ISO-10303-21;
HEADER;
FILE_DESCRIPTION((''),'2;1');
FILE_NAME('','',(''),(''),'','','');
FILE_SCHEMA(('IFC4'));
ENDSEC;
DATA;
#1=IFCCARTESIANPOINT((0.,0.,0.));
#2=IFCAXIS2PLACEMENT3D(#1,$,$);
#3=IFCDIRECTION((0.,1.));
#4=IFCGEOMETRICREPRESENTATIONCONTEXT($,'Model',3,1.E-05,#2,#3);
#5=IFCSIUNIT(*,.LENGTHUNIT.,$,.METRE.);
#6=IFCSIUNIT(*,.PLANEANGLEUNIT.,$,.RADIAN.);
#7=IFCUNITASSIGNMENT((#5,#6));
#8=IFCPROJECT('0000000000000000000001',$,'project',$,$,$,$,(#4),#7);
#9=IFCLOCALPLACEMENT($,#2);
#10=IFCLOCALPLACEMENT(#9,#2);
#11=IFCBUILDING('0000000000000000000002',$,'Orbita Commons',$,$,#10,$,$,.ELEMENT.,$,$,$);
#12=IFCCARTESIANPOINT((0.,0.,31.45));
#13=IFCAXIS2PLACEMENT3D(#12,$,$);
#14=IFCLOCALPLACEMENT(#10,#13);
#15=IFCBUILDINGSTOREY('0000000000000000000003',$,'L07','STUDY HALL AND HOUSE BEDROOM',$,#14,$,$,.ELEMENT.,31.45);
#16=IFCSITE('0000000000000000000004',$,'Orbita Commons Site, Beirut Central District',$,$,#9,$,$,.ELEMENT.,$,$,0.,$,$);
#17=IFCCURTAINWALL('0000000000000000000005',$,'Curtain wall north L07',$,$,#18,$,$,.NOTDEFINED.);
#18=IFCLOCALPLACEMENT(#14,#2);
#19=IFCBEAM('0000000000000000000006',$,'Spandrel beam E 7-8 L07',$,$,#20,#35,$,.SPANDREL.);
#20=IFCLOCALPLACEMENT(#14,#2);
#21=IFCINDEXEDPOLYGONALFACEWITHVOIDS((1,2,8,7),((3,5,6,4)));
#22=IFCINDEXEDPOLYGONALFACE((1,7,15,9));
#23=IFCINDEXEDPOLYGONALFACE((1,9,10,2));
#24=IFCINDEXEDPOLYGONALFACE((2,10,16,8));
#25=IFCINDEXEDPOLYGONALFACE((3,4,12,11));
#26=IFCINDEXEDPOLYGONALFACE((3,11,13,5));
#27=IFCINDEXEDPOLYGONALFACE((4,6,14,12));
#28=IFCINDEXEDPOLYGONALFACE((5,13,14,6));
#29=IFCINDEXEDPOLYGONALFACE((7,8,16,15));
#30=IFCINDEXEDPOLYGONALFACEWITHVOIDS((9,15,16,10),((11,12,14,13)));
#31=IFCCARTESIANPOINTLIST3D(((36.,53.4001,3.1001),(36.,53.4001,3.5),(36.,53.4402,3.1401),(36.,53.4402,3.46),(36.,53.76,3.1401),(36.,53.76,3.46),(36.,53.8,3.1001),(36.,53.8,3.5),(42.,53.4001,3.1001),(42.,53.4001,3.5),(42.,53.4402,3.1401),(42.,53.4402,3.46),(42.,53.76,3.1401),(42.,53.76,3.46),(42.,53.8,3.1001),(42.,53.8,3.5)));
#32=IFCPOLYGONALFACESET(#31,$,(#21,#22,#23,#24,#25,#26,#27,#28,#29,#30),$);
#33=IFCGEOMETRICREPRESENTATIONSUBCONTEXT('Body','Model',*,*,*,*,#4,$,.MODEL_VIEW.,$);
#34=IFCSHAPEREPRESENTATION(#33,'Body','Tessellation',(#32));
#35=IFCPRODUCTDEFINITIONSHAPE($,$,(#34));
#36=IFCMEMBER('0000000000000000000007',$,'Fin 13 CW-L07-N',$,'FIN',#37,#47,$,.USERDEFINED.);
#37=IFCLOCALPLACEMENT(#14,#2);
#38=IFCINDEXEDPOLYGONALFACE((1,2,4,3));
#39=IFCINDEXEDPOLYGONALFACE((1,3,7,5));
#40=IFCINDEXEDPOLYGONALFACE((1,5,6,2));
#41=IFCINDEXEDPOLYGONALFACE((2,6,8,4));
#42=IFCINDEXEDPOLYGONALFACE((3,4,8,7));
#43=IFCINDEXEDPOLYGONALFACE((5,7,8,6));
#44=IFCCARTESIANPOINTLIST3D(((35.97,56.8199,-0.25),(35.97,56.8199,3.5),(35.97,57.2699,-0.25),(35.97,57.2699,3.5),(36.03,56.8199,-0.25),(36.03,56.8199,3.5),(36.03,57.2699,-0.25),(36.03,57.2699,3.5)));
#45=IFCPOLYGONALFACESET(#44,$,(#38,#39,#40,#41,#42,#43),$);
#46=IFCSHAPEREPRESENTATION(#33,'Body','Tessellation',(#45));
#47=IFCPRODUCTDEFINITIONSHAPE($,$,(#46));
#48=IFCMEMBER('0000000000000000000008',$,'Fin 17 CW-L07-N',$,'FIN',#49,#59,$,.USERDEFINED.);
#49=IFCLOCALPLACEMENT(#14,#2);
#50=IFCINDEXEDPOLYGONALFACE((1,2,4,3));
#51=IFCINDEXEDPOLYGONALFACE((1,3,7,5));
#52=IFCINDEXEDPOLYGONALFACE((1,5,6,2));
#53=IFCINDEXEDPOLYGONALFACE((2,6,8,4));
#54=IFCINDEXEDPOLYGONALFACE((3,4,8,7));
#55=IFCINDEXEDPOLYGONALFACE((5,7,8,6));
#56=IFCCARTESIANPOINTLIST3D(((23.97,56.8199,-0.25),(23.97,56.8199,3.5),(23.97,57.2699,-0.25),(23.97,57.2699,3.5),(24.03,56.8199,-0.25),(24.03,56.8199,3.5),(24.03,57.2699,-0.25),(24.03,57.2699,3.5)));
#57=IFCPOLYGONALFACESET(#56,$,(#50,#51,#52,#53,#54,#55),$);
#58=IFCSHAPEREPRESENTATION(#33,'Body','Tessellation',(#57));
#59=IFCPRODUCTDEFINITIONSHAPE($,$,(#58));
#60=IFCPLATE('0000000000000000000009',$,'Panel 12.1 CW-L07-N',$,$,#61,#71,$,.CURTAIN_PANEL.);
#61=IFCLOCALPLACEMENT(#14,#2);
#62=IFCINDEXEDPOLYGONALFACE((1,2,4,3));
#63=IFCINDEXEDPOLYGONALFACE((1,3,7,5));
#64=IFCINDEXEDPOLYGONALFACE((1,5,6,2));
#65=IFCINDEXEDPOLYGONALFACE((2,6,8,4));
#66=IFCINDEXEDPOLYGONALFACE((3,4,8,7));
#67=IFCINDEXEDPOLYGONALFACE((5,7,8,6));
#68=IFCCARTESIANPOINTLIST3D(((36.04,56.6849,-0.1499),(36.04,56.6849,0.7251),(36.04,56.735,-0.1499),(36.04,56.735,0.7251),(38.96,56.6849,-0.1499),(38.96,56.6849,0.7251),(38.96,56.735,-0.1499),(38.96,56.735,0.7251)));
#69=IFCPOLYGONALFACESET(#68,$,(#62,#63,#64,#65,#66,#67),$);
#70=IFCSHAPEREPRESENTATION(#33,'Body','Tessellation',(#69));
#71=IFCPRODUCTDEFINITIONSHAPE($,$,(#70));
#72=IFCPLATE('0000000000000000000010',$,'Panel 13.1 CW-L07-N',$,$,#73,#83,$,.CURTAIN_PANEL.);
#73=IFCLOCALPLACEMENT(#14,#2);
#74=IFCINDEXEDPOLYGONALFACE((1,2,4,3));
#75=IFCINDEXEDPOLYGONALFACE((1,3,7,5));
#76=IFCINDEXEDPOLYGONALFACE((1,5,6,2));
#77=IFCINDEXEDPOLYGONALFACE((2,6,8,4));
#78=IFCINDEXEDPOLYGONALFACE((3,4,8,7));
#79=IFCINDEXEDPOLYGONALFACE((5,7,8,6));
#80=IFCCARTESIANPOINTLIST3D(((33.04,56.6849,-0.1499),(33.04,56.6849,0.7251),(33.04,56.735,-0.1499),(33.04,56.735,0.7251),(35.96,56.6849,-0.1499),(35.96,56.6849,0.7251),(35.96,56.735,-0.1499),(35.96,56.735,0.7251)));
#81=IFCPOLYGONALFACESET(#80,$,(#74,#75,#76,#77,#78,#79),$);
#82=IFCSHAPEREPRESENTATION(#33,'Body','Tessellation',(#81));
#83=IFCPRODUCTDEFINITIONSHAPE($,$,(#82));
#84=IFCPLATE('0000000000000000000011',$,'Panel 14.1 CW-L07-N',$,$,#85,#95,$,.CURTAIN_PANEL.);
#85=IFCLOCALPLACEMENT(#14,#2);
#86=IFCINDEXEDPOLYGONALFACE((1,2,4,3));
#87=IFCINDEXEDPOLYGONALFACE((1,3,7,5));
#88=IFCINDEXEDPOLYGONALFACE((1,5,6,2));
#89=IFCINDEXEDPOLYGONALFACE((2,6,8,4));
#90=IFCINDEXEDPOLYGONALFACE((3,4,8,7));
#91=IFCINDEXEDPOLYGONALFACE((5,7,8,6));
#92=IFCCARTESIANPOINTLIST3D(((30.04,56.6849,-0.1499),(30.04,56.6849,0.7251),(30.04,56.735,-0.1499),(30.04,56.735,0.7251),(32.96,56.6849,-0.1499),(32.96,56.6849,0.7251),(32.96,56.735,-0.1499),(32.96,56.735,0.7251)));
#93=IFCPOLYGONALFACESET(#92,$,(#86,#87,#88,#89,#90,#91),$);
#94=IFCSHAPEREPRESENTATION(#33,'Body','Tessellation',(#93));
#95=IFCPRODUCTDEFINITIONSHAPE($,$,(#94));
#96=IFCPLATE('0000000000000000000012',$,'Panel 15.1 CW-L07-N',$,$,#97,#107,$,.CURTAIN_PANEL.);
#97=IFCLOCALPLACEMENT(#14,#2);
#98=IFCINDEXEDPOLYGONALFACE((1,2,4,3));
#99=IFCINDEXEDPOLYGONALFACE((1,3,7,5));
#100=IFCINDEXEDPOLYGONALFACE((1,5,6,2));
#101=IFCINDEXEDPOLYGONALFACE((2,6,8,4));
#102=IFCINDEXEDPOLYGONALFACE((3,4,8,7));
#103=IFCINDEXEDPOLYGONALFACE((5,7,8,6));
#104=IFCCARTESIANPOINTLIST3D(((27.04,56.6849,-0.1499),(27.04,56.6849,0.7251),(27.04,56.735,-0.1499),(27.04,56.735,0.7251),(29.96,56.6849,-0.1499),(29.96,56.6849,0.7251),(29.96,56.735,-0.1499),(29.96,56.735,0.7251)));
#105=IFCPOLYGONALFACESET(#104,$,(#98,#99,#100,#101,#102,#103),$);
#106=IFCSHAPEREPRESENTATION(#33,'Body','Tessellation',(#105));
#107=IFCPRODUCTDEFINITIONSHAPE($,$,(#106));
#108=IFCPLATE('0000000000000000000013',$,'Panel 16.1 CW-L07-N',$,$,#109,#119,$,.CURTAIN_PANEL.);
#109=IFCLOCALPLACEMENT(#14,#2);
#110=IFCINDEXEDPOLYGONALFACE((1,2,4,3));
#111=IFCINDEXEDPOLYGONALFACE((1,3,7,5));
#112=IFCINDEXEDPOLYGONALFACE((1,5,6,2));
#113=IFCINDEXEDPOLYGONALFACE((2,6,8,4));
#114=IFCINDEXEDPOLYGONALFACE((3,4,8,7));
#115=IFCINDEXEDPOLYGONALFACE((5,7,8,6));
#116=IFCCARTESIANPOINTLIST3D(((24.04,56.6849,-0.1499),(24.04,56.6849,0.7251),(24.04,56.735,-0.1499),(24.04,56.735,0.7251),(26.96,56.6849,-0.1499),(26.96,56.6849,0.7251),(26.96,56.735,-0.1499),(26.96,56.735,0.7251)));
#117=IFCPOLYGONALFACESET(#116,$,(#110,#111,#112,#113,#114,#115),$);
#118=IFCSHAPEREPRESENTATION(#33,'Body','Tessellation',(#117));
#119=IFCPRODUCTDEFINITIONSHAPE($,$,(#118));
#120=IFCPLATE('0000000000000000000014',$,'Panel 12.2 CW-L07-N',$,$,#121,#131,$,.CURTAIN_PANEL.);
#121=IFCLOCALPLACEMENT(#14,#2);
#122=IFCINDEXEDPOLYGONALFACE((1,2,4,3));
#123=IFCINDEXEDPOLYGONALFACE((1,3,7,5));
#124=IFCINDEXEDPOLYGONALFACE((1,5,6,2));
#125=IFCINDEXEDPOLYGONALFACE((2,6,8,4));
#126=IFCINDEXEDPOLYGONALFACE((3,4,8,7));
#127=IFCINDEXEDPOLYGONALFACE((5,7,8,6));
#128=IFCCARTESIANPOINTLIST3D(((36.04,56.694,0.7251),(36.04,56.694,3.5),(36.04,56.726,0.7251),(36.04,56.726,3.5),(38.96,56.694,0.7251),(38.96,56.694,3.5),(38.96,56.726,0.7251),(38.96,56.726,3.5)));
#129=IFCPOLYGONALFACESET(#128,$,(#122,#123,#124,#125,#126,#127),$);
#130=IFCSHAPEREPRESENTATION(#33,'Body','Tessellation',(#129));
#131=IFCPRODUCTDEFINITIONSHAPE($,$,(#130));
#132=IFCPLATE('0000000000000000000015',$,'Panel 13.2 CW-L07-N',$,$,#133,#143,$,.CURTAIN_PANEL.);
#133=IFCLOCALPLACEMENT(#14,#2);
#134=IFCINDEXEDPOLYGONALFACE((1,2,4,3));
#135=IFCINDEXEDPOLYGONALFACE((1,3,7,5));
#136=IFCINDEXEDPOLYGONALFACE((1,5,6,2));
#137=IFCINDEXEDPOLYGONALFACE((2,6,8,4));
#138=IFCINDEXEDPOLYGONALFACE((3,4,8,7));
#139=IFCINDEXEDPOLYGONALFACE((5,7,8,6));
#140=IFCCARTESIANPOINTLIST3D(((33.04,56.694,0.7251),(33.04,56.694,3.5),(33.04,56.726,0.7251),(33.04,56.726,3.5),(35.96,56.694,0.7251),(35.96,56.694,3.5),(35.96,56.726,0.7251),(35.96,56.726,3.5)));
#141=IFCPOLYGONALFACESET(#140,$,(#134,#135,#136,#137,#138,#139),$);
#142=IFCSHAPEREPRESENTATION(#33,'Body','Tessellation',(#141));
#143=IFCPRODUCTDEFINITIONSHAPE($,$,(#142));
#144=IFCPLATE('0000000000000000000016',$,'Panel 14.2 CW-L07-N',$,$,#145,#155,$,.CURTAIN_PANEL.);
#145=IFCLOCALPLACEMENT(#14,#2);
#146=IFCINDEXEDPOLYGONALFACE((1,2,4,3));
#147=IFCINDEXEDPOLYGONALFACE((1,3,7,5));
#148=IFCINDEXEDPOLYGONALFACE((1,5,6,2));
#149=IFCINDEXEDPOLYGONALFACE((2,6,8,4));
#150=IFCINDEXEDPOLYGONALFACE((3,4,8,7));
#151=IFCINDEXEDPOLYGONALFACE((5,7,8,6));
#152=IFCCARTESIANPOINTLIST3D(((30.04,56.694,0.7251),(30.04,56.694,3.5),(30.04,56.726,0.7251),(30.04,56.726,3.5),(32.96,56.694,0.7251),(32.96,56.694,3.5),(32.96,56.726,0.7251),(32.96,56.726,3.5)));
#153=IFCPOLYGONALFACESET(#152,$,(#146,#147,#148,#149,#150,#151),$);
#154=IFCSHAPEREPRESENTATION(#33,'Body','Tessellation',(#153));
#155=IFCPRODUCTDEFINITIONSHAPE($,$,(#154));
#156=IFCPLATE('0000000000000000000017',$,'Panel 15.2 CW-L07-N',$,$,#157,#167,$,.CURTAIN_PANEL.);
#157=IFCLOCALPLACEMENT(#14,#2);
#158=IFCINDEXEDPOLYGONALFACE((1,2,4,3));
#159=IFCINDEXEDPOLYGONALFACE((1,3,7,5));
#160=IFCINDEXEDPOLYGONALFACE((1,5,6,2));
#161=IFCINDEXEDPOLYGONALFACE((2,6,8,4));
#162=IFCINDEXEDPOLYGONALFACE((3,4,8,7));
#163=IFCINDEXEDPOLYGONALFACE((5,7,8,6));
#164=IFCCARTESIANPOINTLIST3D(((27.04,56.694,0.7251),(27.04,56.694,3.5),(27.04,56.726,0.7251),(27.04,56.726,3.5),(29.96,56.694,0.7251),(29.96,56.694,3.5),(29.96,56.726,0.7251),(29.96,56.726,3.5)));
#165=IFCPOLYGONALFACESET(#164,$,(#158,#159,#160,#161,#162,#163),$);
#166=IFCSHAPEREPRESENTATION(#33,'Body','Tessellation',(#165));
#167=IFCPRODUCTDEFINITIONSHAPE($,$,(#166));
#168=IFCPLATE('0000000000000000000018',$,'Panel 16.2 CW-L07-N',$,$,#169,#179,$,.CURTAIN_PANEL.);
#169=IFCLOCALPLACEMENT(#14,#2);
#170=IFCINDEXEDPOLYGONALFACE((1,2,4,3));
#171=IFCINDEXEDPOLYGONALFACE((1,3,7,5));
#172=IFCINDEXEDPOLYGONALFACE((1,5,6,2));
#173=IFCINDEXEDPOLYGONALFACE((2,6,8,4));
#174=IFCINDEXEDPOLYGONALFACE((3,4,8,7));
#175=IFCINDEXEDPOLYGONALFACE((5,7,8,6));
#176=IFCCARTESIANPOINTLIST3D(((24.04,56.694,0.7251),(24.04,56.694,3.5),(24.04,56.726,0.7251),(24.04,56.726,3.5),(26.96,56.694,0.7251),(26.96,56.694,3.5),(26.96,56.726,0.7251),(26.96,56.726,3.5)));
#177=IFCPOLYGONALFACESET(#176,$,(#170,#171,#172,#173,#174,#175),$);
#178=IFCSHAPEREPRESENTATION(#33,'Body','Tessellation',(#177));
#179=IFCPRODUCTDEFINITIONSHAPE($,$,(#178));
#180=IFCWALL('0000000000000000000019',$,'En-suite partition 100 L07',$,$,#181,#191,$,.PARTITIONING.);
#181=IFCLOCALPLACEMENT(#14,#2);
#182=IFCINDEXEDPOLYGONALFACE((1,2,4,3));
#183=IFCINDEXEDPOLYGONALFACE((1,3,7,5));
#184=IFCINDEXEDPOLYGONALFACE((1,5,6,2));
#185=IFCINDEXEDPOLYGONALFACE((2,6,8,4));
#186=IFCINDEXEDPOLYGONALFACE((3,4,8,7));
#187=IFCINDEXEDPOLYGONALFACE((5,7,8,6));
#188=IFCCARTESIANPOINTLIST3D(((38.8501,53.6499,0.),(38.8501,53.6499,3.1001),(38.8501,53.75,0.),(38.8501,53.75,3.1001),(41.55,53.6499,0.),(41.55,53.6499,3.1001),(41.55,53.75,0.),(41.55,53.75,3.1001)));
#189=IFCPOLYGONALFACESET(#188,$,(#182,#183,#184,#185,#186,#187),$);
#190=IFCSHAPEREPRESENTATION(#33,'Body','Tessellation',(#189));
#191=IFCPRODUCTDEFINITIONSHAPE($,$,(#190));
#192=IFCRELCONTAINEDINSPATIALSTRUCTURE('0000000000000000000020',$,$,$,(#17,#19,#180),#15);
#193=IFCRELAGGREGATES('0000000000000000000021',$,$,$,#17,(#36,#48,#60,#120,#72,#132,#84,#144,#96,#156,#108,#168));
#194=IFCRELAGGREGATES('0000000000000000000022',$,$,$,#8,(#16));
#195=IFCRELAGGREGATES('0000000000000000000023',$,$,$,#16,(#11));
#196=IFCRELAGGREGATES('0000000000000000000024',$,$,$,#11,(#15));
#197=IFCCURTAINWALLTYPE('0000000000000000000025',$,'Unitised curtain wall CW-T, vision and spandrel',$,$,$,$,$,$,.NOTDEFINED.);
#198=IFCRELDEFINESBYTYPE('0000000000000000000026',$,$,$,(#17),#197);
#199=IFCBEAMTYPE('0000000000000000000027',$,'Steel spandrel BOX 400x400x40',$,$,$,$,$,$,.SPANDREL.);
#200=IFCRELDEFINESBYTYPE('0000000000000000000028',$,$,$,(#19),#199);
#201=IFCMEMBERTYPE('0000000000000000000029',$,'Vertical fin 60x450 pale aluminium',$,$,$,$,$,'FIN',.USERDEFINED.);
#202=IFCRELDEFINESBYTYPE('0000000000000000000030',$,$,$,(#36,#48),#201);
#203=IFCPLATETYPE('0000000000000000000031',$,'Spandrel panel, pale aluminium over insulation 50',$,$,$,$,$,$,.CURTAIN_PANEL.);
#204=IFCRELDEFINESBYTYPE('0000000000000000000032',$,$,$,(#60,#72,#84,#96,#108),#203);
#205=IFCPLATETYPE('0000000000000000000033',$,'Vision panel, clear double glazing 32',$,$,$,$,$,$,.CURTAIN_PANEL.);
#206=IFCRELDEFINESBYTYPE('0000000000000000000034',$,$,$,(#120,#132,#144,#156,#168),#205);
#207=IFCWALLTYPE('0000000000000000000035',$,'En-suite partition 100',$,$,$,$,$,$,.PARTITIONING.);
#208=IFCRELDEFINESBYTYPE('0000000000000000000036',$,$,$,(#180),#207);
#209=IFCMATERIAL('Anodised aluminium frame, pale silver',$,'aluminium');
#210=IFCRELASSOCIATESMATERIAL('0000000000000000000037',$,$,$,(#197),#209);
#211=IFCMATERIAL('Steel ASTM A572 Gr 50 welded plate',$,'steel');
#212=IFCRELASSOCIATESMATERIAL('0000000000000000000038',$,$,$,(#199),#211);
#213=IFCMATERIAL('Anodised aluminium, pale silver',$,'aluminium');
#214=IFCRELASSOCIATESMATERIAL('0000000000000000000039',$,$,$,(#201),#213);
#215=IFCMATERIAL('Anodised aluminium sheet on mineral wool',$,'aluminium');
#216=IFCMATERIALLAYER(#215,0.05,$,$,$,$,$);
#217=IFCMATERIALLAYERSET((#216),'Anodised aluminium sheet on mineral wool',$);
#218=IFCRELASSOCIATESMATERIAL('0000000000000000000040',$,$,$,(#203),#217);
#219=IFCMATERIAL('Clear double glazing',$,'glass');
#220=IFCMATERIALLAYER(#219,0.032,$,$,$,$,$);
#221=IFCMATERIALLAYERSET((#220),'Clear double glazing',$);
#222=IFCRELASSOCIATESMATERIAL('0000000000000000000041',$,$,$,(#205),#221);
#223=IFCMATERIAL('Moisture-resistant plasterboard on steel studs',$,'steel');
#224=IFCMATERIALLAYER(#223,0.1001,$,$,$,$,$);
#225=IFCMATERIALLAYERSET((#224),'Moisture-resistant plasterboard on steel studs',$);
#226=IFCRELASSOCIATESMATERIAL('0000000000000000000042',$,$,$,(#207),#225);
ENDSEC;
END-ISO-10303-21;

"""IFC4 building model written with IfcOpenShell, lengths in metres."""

from ifc_helpers import new_model, si_unit, direction, frame, origin, origin_2d, place, context, subcontext, project, spatial, polyline, rectangle, hollow_rectangle, outline, extrude, material, layer, layer_set, material_profile, profile_set, type_object, element, aggregate, save


model = new_model("IFC4")

# Units and contexts
model_context = context("Model", 3, precision=1e-05, world=origin(), true_north=direction((0.0, 1.0)))
body_context = subcontext(model_context, "Body", "Model", "MODEL_VIEW")
ifc_project = project(units=[si_unit("LENGTHUNIT", "METRE"), si_unit("PLANEANGLEUNIT", "RADIAN")], contexts=[model_context])

# Site, building, storey
site_placement = place(None, origin())
site = spatial("IfcSite", under=ifc_project, at=site_placement, Name="Orbita Commons Site, Beirut Central District", CompositionType="ELEMENT", RefElevation=0.0)
building_placement = place(site_placement, origin())
building = spatial("IfcBuilding", under=site, at=building_placement, Name="Orbita Commons", CompositionType="ELEMENT")
storey_placement = place(building_placement, frame((0.0, 0.0, 31.45)))
storey = spatial("IfcBuildingStorey", under=building, at=storey_placement, Name="L07", Description="STUDY HALL AND HOUSE BEDROOM", CompositionType="ELEMENT", Elevation=31.45)

# Curtain wall
ifc_material_1 = material(Name="Anodised aluminium frame, pale silver", Category="aluminium")
curtain_wall_type = type_object("IfcCurtainWallType", Name="Unitised curtain wall CW-T, vision and spandrel", PredefinedType="NOTDEFINED", material=ifc_material_1)
curtain_wall_placement = place(storey_placement, origin())
curtain_wall = element("IfcCurtainWall", 1, at=curtain_wall_placement, inside=storey, type_object=curtain_wall_type, Name="Curtain wall north L07", PredefinedType="NOTDEFINED")

# Beam
ifc_material_2 = material(Name="Steel ASTM A572 Gr 50 welded plate", Category="steel")
ifc_material_profile_1 = material_profile(ifc_material_2, hollow_rectangle(XDim=0.3999, YDim=0.3999, WallThickness=0.04, at=origin_2d()), Name="BOX 400x400x40")
ifc_profile_set_1 = profile_set([ifc_material_profile_1], Name="Steel ASTM A572 Gr 50 welded plate")
beam_type = type_object("IfcBeamType", Name="Steel spandrel BOX 400x400x40", PredefinedType="SPANDREL", material=ifc_profile_set_1)
for number, where, z_axis, x_axis, name in (
    (2, (36.0, 53.6001, 3.3), (1.0, 0.0, 0.0), (0.0, 1.0, 0.0), "Spandrel beam E 7-8 L07"),
):
    element("IfcBeam", number, at=place(storey_placement, frame(where, z_axis=z_axis, x_axis=x_axis)), inside=storey, type_object=beam_type, Name=name, PredefinedType="SPANDREL", context=body_context, shape_type="SweptSolid", body=[
        extrude(hollow_rectangle(XDim=0.3999, YDim=0.3999, WallThickness=0.04, at=origin_2d()), origin(), (0.0, 0.0, 1.0), 6.0),
    ])

# Members
ifc_material_3 = material(Name="Anodised aluminium, pale silver", Category="aluminium")
ifc_material_profile_2 = material_profile(ifc_material_3, rectangle(XDim=0.0601, YDim=0.45, at=origin_2d()), Name="FIN 60x450")
ifc_profile_set_2 = profile_set([ifc_material_profile_2], Name="Anodised aluminium, pale silver")
member_type_1 = type_object("IfcMemberType", Name="Vertical fin 60x450 pale aluminium", ElementType="FIN", PredefinedType="USERDEFINED", material=ifc_profile_set_2)
member_1_placement = place(storey_placement, frame((36.0, 57.0449, -0.25), z_axis=(0.0, 0.0, 1.0), x_axis=(-1.0, 0.0, 0.0)))
member_1 = element("IfcMember", 3, at=member_1_placement, type_object=member_type_1, Name="Fin 13 CW-L07-N", ObjectType="FIN", PredefinedType="USERDEFINED", context=body_context, shape_type="SweptSolid", body=[
    extrude(rectangle(XDim=0.0601, YDim=0.45, at=origin_2d()), origin(), (0.0, 0.0, 1.0), 3.75),
])
member_2_placement = place(storey_placement, frame((24.0, 57.0449, -0.25), z_axis=(0.0, 0.0, 1.0), x_axis=(-1.0, 0.0, 0.0)))
member_2 = element("IfcMember", 4, at=member_2_placement, type_object=member_type_1, Name="Fin 17 CW-L07-N", ObjectType="FIN", PredefinedType="USERDEFINED", context=body_context, shape_type="SweptSolid", body=[
    extrude(rectangle(XDim=0.0601, YDim=0.45, at=origin_2d()), origin(), (0.0, 0.0, 1.0), 3.75),
])

# Plates
ifc_material_4 = material(Name="Anodised aluminium sheet on mineral wool", Category="aluminium")
ifc_layer_1 = layer(ifc_material_4, 0.05)
ifc_layer_set_1 = layer_set([ifc_layer_1], Name="Anodised aluminium sheet on mineral wool")
plate_type_1 = type_object("IfcPlateType", Name="Spandrel panel, pale aluminium over insulation 50", PredefinedType="CURTAIN_PANEL", material=ifc_layer_set_1)
plate_1_placement = place(storey_placement, frame((37.5, 56.71, -0.1499), z_axis=(0.0, 0.0, 1.0), x_axis=(-1.0, 0.0, 0.0)))
plate_1 = element("IfcPlate", 5, at=plate_1_placement, type_object=plate_type_1, Name="Panel 12.1 CW-L07-N", PredefinedType="CURTAIN_PANEL", context=body_context, shape_type="SweptSolid", body=[
    extrude(rectangle(XDim=2.9199, YDim=0.05, at=origin_2d()), origin(), (0.0, 0.0, 1.0), 0.875),
])
plate_2_placement = place(storey_placement, frame((34.5, 56.71, -0.1499), z_axis=(0.0, 0.0, 1.0), x_axis=(-1.0, 0.0, 0.0)))
plate_2 = element("IfcPlate", 6, at=plate_2_placement, type_object=plate_type_1, Name="Panel 13.1 CW-L07-N", PredefinedType="CURTAIN_PANEL", context=body_context, shape_type="SweptSolid", body=[
    extrude(rectangle(XDim=2.9199, YDim=0.05, at=origin_2d()), origin(), (0.0, 0.0, 1.0), 0.875),
])
plate_3_placement = place(storey_placement, frame((31.5, 56.71, -0.1499), z_axis=(0.0, 0.0, 1.0), x_axis=(-1.0, 0.0, 0.0)))
plate_3 = element("IfcPlate", 7, at=plate_3_placement, type_object=plate_type_1, Name="Panel 14.1 CW-L07-N", PredefinedType="CURTAIN_PANEL", context=body_context, shape_type="SweptSolid", body=[
    extrude(rectangle(XDim=2.9199, YDim=0.05, at=origin_2d()), origin(), (0.0, 0.0, 1.0), 0.875),
])
plate_4_placement = place(storey_placement, frame((28.5, 56.71, -0.1499), z_axis=(0.0, 0.0, 1.0), x_axis=(-1.0, 0.0, 0.0)))
plate_4 = element("IfcPlate", 8, at=plate_4_placement, type_object=plate_type_1, Name="Panel 15.1 CW-L07-N", PredefinedType="CURTAIN_PANEL", context=body_context, shape_type="SweptSolid", body=[
    extrude(rectangle(XDim=2.9199, YDim=0.05, at=origin_2d()), origin(), (0.0, 0.0, 1.0), 0.875),
])
plate_5_placement = place(storey_placement, frame((25.5, 56.71, -0.1499), z_axis=(0.0, 0.0, 1.0), x_axis=(-1.0, 0.0, 0.0)))
plate_5 = element("IfcPlate", 9, at=plate_5_placement, type_object=plate_type_1, Name="Panel 16.1 CW-L07-N", PredefinedType="CURTAIN_PANEL", context=body_context, shape_type="SweptSolid", body=[
    extrude(rectangle(XDim=2.9199, YDim=0.05, at=origin_2d()), origin(), (0.0, 0.0, 1.0), 0.875),
])
ifc_material_5 = material(Name="Clear double glazing", Category="glass")
ifc_layer_2 = layer(ifc_material_5, 0.032)
ifc_layer_set_2 = layer_set([ifc_layer_2], Name="Clear double glazing")
plate_type_2 = type_object("IfcPlateType", Name="Vision panel, clear double glazing 32", PredefinedType="CURTAIN_PANEL", material=ifc_layer_set_2)
plate_6_placement = place(storey_placement, frame((37.5, 56.71, 0.7251), z_axis=(0.0, 0.0, 1.0), x_axis=(-1.0, 0.0, 0.0)))
plate_6 = element("IfcPlate", 10, at=plate_6_placement, type_object=plate_type_2, Name="Panel 12.2 CW-L07-N", PredefinedType="CURTAIN_PANEL", context=body_context, shape_type="SweptSolid", body=[
    extrude(rectangle(XDim=2.9199, YDim=0.032, at=origin_2d()), origin(), (0.0, 0.0, 1.0), 2.7749),
])
plate_7_placement = place(storey_placement, frame((34.5, 56.71, 0.7251), z_axis=(0.0, 0.0, 1.0), x_axis=(-1.0, 0.0, 0.0)))
plate_7 = element("IfcPlate", 11, at=plate_7_placement, type_object=plate_type_2, Name="Panel 13.2 CW-L07-N", PredefinedType="CURTAIN_PANEL", context=body_context, shape_type="SweptSolid", body=[
    extrude(rectangle(XDim=2.9199, YDim=0.032, at=origin_2d()), origin(), (0.0, 0.0, 1.0), 2.7749),
])
plate_8_placement = place(storey_placement, frame((31.5, 56.71, 0.7251), z_axis=(0.0, 0.0, 1.0), x_axis=(-1.0, 0.0, 0.0)))
plate_8 = element("IfcPlate", 12, at=plate_8_placement, type_object=plate_type_2, Name="Panel 14.2 CW-L07-N", PredefinedType="CURTAIN_PANEL", context=body_context, shape_type="SweptSolid", body=[
    extrude(rectangle(XDim=2.9199, YDim=0.032, at=origin_2d()), origin(), (0.0, 0.0, 1.0), 2.7749),
])
plate_9_placement = place(storey_placement, frame((28.5, 56.71, 0.7251), z_axis=(0.0, 0.0, 1.0), x_axis=(-1.0, 0.0, 0.0)))
plate_9 = element("IfcPlate", 13, at=plate_9_placement, type_object=plate_type_2, Name="Panel 15.2 CW-L07-N", PredefinedType="CURTAIN_PANEL", context=body_context, shape_type="SweptSolid", body=[
    extrude(rectangle(XDim=2.9199, YDim=0.032, at=origin_2d()), origin(), (0.0, 0.0, 1.0), 2.7749),
])
plate_10_placement = place(storey_placement, frame((25.5, 56.71, 0.7251), z_axis=(0.0, 0.0, 1.0), x_axis=(-1.0, 0.0, 0.0)))
plate_10 = element("IfcPlate", 14, at=plate_10_placement, type_object=plate_type_2, Name="Panel 16.2 CW-L07-N", PredefinedType="CURTAIN_PANEL", context=body_context, shape_type="SweptSolid", body=[
    extrude(rectangle(XDim=2.9199, YDim=0.032, at=origin_2d()), origin(), (0.0, 0.0, 1.0), 2.7749),
])
aggregate(curtain_wall, [member_1, member_2, plate_1, plate_6, plate_2, plate_7, plate_3, plate_8, plate_4, plate_9, plate_5, plate_10])

# Wall
ifc_material_6 = material(Name="Moisture-resistant plasterboard on steel studs", Category="steel")
ifc_layer_3 = layer(ifc_material_6, 0.1001)
ifc_layer_set_3 = layer_set([ifc_layer_3], Name="Moisture-resistant plasterboard on steel studs")
wall_type_1 = type_object("IfcWallType", Name="En-suite partition 100", PredefinedType="PARTITIONING", material=ifc_layer_set_3)
wall_1_placement = place(storey_placement, frame((38.8501, 53.7, 0.0), z_axis=(0.0, 0.0, 1.0), x_axis=(1.0, 0.0, 0.0)))
element("IfcWall", 15, at=wall_1_placement, inside=storey, type_object=wall_type_1, Name="En-suite partition 100 L07", PredefinedType="PARTITIONING", context=body_context, shape_type="SweptSolid", body=[
    extrude(outline(polyline([(0.0, 0.0), (2.7, 0.0), (2.7, 3.1001), (0.0, 3.1001), (0.0, 0.0)])), frame((0.0, 0.05, 0.0), z_axis=(0.0, -1.0, 0.0), x_axis=(1.0, 0.0, 0.0)), (0.0, 0.0, 1.0), 0.1001),
])

save(model, "model.ifc")
